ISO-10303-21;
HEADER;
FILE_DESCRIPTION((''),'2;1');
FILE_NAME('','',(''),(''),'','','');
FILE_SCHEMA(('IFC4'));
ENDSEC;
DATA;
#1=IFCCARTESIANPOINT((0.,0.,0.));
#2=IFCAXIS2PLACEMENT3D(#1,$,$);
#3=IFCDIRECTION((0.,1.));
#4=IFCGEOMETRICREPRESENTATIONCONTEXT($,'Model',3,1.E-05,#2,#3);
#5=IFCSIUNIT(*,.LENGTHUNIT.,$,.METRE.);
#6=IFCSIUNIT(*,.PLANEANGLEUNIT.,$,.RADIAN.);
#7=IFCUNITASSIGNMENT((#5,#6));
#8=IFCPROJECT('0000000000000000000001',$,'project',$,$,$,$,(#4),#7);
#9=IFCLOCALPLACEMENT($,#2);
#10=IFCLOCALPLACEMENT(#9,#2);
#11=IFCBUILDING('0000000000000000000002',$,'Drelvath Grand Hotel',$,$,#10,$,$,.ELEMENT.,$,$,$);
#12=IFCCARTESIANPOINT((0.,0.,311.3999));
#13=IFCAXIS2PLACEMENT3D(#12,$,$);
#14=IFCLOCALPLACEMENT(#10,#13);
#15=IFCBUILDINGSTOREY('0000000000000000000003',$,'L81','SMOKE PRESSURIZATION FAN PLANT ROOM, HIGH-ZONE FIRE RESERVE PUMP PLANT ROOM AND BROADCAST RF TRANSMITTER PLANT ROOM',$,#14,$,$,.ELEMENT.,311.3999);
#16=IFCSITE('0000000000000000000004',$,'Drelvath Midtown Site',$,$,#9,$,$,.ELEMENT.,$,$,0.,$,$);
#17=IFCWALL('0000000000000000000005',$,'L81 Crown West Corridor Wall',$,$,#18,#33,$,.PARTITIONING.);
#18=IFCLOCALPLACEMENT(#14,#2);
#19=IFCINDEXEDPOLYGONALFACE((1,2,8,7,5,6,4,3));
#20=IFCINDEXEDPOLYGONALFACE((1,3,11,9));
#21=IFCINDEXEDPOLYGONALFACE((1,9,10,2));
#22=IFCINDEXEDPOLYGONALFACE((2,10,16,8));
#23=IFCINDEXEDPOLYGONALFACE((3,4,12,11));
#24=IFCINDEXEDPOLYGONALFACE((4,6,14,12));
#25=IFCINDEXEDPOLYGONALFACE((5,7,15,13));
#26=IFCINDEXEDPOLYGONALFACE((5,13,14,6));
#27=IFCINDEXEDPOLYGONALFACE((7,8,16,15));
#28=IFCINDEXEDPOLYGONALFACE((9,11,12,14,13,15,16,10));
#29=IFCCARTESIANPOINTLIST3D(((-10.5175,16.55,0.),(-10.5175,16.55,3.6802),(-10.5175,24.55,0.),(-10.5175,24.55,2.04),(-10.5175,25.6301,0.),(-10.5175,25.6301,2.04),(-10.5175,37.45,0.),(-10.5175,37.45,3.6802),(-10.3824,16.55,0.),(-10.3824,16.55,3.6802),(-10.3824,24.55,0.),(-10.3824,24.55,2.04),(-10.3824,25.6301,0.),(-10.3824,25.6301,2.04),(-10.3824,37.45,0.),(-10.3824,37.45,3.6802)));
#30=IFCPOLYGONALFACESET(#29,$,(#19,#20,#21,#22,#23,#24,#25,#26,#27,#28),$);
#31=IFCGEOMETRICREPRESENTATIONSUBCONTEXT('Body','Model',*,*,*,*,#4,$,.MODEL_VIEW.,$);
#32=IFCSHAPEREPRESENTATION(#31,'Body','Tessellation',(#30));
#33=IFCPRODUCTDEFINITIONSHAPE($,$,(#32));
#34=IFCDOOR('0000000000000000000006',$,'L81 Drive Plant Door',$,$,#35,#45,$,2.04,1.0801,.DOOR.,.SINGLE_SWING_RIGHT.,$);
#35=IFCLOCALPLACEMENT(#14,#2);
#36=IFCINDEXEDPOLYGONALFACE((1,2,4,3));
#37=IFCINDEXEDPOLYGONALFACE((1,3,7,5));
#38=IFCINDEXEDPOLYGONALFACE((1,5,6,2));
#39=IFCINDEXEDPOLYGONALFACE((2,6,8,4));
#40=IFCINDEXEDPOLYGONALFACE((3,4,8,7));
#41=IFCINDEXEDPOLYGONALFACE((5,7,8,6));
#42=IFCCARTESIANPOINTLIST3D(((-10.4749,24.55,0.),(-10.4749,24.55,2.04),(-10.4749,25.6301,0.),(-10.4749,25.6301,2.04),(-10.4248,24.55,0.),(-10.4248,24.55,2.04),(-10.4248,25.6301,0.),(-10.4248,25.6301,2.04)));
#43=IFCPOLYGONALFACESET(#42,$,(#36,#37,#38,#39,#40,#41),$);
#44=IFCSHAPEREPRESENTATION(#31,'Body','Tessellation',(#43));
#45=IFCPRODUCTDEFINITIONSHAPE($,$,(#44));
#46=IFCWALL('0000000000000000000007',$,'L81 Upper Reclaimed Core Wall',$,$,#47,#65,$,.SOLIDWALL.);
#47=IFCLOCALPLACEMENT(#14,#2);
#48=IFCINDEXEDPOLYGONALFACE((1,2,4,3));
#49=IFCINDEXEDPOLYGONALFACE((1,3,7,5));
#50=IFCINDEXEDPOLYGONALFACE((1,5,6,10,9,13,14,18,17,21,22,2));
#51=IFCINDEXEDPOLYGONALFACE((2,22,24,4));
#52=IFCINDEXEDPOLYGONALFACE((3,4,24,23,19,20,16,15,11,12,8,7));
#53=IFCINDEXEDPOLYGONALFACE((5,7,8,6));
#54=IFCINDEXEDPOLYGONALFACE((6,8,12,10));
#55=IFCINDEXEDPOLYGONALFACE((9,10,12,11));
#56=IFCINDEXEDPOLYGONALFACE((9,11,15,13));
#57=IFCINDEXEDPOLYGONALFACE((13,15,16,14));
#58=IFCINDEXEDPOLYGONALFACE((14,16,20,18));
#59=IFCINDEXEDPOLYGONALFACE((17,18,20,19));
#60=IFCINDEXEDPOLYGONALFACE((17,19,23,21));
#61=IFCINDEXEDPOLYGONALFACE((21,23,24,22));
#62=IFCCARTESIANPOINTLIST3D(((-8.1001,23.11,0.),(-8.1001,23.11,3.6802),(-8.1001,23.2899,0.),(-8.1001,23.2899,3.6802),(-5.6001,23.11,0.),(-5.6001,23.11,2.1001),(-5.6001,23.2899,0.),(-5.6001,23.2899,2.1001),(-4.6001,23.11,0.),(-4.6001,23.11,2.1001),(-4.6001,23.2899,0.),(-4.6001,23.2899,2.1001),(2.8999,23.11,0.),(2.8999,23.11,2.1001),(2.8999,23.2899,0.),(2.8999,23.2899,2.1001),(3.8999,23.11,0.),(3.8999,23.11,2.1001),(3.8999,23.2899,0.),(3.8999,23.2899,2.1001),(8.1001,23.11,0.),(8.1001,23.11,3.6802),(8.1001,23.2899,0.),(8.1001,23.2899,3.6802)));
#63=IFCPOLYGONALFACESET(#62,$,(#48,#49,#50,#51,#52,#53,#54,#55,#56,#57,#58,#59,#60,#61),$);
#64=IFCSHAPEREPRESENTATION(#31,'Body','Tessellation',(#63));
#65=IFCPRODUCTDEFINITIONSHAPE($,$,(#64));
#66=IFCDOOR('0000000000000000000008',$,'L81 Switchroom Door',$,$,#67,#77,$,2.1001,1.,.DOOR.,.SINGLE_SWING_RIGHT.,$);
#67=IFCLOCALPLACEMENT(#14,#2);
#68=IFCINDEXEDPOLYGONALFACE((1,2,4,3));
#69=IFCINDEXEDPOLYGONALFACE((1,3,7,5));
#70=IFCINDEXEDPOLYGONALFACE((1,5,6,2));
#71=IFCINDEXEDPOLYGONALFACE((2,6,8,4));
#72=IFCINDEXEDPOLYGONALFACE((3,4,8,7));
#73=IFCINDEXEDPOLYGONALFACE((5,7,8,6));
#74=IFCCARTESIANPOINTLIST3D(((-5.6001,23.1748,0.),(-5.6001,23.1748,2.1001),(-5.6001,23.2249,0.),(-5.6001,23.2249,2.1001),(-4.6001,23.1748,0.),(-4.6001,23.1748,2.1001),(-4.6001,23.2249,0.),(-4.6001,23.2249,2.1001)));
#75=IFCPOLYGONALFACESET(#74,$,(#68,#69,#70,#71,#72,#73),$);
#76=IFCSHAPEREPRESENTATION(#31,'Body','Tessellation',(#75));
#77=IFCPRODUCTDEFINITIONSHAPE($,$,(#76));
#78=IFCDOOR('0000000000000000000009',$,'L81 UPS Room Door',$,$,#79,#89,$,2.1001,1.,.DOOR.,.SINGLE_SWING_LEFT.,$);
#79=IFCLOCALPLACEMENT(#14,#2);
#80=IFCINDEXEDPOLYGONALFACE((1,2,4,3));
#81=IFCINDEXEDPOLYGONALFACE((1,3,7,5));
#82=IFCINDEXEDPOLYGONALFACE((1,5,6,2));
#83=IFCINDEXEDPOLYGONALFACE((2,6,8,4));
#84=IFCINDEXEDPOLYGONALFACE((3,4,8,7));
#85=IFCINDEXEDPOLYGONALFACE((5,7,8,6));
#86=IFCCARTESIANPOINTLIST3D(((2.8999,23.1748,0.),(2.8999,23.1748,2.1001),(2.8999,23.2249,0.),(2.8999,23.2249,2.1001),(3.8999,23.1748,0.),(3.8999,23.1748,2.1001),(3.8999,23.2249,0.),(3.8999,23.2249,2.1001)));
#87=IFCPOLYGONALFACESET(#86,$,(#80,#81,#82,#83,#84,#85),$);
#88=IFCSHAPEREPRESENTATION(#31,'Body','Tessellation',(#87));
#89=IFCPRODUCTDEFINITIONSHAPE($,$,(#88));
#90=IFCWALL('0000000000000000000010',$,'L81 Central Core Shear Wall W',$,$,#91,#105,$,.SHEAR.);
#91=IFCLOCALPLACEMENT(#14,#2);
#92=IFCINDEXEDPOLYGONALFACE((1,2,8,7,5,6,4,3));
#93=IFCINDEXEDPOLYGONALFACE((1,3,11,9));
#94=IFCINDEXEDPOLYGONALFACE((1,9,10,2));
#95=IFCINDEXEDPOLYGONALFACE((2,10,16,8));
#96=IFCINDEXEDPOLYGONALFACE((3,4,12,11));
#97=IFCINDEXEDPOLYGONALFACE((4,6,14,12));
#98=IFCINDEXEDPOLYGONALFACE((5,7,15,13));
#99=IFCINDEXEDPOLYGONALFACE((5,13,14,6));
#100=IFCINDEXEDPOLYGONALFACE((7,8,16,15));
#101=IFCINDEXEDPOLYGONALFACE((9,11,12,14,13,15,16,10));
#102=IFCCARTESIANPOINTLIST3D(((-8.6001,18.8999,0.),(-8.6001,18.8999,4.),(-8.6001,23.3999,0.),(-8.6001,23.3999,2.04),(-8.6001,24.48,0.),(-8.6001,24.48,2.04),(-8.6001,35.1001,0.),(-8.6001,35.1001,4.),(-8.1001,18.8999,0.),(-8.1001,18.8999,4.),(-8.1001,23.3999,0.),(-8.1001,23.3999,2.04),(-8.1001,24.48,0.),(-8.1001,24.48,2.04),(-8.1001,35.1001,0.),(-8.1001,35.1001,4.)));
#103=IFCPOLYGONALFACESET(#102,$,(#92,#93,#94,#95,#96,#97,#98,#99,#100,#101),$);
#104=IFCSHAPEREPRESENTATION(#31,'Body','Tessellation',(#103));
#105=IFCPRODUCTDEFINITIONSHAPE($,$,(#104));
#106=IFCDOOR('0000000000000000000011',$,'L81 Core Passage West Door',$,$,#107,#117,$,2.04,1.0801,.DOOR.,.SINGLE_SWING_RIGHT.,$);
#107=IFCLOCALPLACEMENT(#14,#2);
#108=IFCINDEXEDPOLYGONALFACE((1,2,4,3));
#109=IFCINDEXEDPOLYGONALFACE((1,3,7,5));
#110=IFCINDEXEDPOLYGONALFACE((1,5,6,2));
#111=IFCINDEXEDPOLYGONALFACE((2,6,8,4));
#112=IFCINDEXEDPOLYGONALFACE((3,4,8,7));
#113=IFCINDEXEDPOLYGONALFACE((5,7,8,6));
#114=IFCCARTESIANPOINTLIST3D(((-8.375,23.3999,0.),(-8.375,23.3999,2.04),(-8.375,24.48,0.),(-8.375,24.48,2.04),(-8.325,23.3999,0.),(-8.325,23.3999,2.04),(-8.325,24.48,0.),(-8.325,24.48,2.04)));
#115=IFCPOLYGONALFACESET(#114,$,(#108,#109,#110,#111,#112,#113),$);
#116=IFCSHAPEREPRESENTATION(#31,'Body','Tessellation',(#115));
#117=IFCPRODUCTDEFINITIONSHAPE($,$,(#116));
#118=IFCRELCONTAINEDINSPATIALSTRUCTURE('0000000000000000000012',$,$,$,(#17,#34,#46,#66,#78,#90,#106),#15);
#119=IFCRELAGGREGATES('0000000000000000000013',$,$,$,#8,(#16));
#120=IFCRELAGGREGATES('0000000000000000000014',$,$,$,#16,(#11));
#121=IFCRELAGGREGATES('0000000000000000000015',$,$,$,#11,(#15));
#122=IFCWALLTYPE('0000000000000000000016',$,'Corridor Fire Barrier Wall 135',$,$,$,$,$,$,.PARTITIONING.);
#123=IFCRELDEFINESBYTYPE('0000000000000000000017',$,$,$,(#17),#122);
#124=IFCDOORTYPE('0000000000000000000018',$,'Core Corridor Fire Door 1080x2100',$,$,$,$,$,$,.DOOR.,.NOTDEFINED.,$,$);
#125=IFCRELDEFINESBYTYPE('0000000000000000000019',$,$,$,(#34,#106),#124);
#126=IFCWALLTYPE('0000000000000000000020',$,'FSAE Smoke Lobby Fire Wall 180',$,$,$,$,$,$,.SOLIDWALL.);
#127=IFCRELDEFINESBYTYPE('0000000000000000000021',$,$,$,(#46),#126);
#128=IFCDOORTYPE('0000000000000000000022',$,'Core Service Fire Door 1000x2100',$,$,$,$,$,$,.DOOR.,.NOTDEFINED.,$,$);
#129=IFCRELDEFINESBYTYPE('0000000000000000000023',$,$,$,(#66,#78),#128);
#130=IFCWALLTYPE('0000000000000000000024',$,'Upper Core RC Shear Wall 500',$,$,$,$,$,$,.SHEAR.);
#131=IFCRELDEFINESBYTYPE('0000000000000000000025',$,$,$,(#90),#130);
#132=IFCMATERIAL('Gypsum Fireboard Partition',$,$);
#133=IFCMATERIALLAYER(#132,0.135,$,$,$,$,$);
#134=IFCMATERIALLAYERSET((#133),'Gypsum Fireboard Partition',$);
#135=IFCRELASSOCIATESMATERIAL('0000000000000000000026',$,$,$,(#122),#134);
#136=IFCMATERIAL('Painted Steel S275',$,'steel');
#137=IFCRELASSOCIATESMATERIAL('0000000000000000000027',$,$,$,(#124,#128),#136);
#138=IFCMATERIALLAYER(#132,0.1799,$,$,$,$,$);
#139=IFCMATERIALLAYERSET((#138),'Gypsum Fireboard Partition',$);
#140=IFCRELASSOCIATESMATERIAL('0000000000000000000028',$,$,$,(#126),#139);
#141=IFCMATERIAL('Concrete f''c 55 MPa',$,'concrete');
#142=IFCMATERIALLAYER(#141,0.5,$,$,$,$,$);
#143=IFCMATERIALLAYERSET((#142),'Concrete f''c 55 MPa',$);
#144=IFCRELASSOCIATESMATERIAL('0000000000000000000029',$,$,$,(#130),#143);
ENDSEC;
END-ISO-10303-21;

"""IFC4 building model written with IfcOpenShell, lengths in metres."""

from ifc_helpers import new_model, si_unit, direction, frame, frame_2d, origin, place, context, subcontext, project, spatial, rectangle, extrude, material, layer, layer_set, type_object, element, fill, save


model = new_model("IFC4")

# Units and contexts
model_context = context("Model", 3, precision=1e-05, world=origin(), true_north=direction((0.0, 1.0)))
body_context = subcontext(model_context, "Body", "Model", "MODEL_VIEW")
ifc_project = project(units=[si_unit("LENGTHUNIT", "METRE"), si_unit("PLANEANGLEUNIT", "RADIAN")], contexts=[model_context])

# Site, building, storey
site_placement = place(None, origin())
site = spatial("IfcSite", under=ifc_project, at=site_placement, Name="Drelvath Midtown Site", CompositionType="ELEMENT", RefElevation=0.0)
building_placement = place(site_placement, origin())
building = spatial("IfcBuilding", under=site, at=building_placement, Name="Drelvath Grand Hotel", CompositionType="ELEMENT")
storey_placement = place(building_placement, frame((0.0, 0.0, 311.3999)))
storey = spatial("IfcBuildingStorey", under=building, at=storey_placement, Name="L81", Description="SMOKE PRESSURIZATION FAN PLANT ROOM, HIGH-ZONE FIRE RESERVE PUMP PLANT ROOM AND BROADCAST RF TRANSMITTER PLANT ROOM", CompositionType="ELEMENT", Elevation=311.3999)

# Shared definitions
ifc_material_1 = material(Name="Concrete f'c 55 MPa", Category="concrete")

# Shared definitions
ifc_material_2 = material(Name="Painted Steel S275", Category="steel")

# Shared definitions
ifc_material_3 = material(Name="Gypsum Fireboard Partition")
ifc_layer_1 = layer(ifc_material_3, 0.135)
ifc_layer_set_1 = layer_set([ifc_layer_1], Name="Gypsum Fireboard Partition")
wall_type_1 = type_object("IfcWallType", Name="Corridor Fire Barrier Wall 135", PredefinedType="PARTITIONING", material=ifc_layer_set_1)
door_type_1 = type_object("IfcDoorType", Name="Core Corridor Fire Door 1080x2100", OperationType="NOTDEFINED", PredefinedType="DOOR", material=ifc_material_2)

# Wall, opening, door
wall_1_placement = place(storey_placement, frame((-10.45, 16.55, 0.0), z_axis=(0.0, 0.0, 1.0), x_axis=(0.0, 1.0, 0.0)))
wall_1 = element("IfcWall", 1, at=wall_1_placement, inside=storey, type_object=wall_type_1, Name="L81 Crown West Corridor Wall", PredefinedType="PARTITIONING", context=body_context, shape_type="SweptSolid", body=[
    extrude(rectangle(XDim=20.8999, YDim=0.135, at=frame_2d((10.45, 0.0))), origin(), (0.0, 0.0, 1.0), 3.6802),
])
opening_1_placement = place(wall_1_placement, frame((8.0, 0.0, 0.0)))
opening_1 = element("IfcOpeningElement", 2, at=opening_1_placement, cuts=wall_1, PredefinedType="OPENING", context=body_context, shape_type="SweptSolid", body=[
    extrude(rectangle(XDim=1.0801, YDim=2.04, at=frame_2d((0.54, 1.02))), frame((0.0, 0.0774, 0.0), z_axis=(0.0, -1.0, 0.0), x_axis=(1.0, 0.0, 0.0)), (0.0, 0.0, 1.0), 0.155),
])
door_1_placement = place(opening_1_placement, origin())
door_1 = element("IfcDoor", 3, at=door_1_placement, inside=storey, type_object=door_type_1, Name="L81 Drive Plant Door", OperationType="SINGLE_SWING_RIGHT", OverallHeight=2.04, OverallWidth=1.0801, PredefinedType="DOOR", context=body_context, shape_type="SweptSolid", body=[
    extrude(rectangle(XDim=1.0801, YDim=2.04, at=frame_2d((0.54, 1.02))), frame((0.0, 0.0249, 0.0), z_axis=(0.0, -1.0, 0.0), x_axis=(1.0, 0.0, 0.0)), (0.0, 0.0, 1.0), 0.05),
])
fill(opening_1, door_1)

# Wall, openings, doors
ifc_layer_2 = layer(ifc_material_3, 0.1799)
ifc_layer_set_2 = layer_set([ifc_layer_2], Name="Gypsum Fireboard Partition")
wall_type_2 = type_object("IfcWallType", Name="FSAE Smoke Lobby Fire Wall 180", PredefinedType="SOLIDWALL", material=ifc_layer_set_2)
wall_2_placement = place(storey_placement, frame((-8.1001, 23.2, 0.0), z_axis=(0.0, 0.0, 1.0), x_axis=(1.0, 0.0, 0.0)))
wall_2 = element("IfcWall", 4, at=wall_2_placement, inside=storey, type_object=wall_type_2, Name="L81 Upper Reclaimed Core Wall", PredefinedType="SOLIDWALL", context=body_context, shape_type="SweptSolid", body=[
    extrude(rectangle(XDim=16.2002, YDim=0.1799, at=frame_2d((8.1001, 0.0))), origin(), (0.0, 0.0, 1.0), 3.6802),
])
opening_2_placement = place(wall_2_placement, frame((2.5, 0.0, 0.0)))
opening_2 = element("IfcOpeningElement", 5, at=opening_2_placement, cuts=wall_2, PredefinedType="OPENING", context=body_context, shape_type="SweptSolid", body=[
    extrude(rectangle(XDim=1.0, YDim=2.1001, at=frame_2d((0.5, 1.05))), frame((0.0, 0.0999, 0.0), z_axis=(0.0, -1.0, 0.0), x_axis=(1.0, 0.0, 0.0)), (0.0, 0.0, 1.0), 0.2),
])
opening_3_placement = place(wall_2_placement, frame((11.0, 0.0, 0.0)))
opening_3 = element("IfcOpeningElement", 6, at=opening_3_placement, cuts=wall_2, PredefinedType="OPENING", context=body_context, shape_type="SweptSolid", body=[
    extrude(rectangle(XDim=1.0, YDim=2.1001, at=frame_2d((0.5, 1.05))), frame((0.0, 0.0999, 0.0), z_axis=(0.0, -1.0, 0.0), x_axis=(1.0, 0.0, 0.0)), (0.0, 0.0, 1.0), 0.2),
])
door_type_2 = type_object("IfcDoorType", Name="Core Service Fire Door 1000x2100", OperationType="NOTDEFINED", PredefinedType="DOOR", material=ifc_material_2)
door_2_placement = place(opening_2_placement, origin())
door_2 = element("IfcDoor", 7, at=door_2_placement, inside=storey, type_object=door_type_2, Name="L81 Switchroom Door", OperationType="SINGLE_SWING_RIGHT", OverallHeight=2.1001, OverallWidth=1.0, PredefinedType="DOOR", context=body_context, shape_type="SweptSolid", body=[
    extrude(rectangle(XDim=1.0, YDim=2.1001, at=frame_2d((0.5, 1.05))), frame((0.0, 0.0249, 0.0), z_axis=(0.0, -1.0, 0.0), x_axis=(1.0, 0.0, 0.0)), (0.0, 0.0, 1.0), 0.05),
])
fill(opening_2, door_2)
door_3_placement = place(opening_3_placement, origin())
door_3 = element("IfcDoor", 8, at=door_3_placement, inside=storey, type_object=door_type_2, Name="L81 UPS Room Door", OperationType="SINGLE_SWING_LEFT", OverallHeight=2.1001, OverallWidth=1.0, PredefinedType="DOOR", context=body_context, shape_type="SweptSolid", body=[
    extrude(rectangle(XDim=1.0, YDim=2.1001, at=frame_2d((0.5, 1.05))), frame((0.0, 0.0249, 0.0), z_axis=(0.0, -1.0, 0.0), x_axis=(1.0, 0.0, 0.0)), (0.0, 0.0, 1.0), 0.05),
])
fill(opening_3, door_3)

# Wall, opening, door
ifc_layer_3 = layer(ifc_material_1, 0.5)
ifc_layer_set_3 = layer_set([ifc_layer_3], Name="Concrete f'c 55 MPa")
wall_type_3 = type_object("IfcWallType", Name="Upper Core RC Shear Wall 500", PredefinedType="SHEAR", material=ifc_layer_set_3)
wall_3_placement = place(storey_placement, frame((-8.3501, 18.8999, 0.0), z_axis=(0.0, 0.0, 1.0), x_axis=(0.0, 1.0, 0.0)))
wall_3 = element("IfcWall", 9, at=wall_3_placement, inside=storey, type_object=wall_type_3, Name="L81 Central Core Shear Wall W", PredefinedType="SHEAR", context=body_context, shape_type="SweptSolid", body=[
    extrude(rectangle(XDim=16.2002, YDim=0.5, at=frame_2d((8.1001, 0.0))), origin(), (0.0, 0.0, 1.0), 4.0),
])
opening_4_placement = place(wall_3_placement, frame((4.5, 0.0, 0.0)))
opening_4 = element("IfcOpeningElement", 10, at=opening_4_placement, cuts=wall_3, PredefinedType="OPENING", context=body_context, shape_type="SweptSolid", body=[
    extrude(rectangle(XDim=1.0801, YDim=2.04, at=frame_2d((0.54, 1.02))), frame((0.0, 0.26, 0.0), z_axis=(0.0, -1.0, 0.0), x_axis=(1.0, 0.0, 0.0)), (0.0, 0.0, 1.0), 0.52),
])
door_4_placement = place(opening_4_placement, origin())
door_4 = element("IfcDoor", 11, at=door_4_placement, inside=storey, type_object=door_type_1, Name="L81 Core Passage West Door", OperationType="SINGLE_SWING_RIGHT", OverallHeight=2.04, OverallWidth=1.0801, PredefinedType="DOOR", context=body_context, shape_type="SweptSolid", body=[
    extrude(rectangle(XDim=1.0801, YDim=2.04, at=frame_2d((0.54, 1.02))), frame((0.0, 0.0249, 0.0), z_axis=(0.0, -1.0, 0.0), x_axis=(1.0, 0.0, 0.0)), (0.0, 0.0, 1.0), 0.05),
])
fill(opening_4, door_4)

save(model, "model.ifc")
